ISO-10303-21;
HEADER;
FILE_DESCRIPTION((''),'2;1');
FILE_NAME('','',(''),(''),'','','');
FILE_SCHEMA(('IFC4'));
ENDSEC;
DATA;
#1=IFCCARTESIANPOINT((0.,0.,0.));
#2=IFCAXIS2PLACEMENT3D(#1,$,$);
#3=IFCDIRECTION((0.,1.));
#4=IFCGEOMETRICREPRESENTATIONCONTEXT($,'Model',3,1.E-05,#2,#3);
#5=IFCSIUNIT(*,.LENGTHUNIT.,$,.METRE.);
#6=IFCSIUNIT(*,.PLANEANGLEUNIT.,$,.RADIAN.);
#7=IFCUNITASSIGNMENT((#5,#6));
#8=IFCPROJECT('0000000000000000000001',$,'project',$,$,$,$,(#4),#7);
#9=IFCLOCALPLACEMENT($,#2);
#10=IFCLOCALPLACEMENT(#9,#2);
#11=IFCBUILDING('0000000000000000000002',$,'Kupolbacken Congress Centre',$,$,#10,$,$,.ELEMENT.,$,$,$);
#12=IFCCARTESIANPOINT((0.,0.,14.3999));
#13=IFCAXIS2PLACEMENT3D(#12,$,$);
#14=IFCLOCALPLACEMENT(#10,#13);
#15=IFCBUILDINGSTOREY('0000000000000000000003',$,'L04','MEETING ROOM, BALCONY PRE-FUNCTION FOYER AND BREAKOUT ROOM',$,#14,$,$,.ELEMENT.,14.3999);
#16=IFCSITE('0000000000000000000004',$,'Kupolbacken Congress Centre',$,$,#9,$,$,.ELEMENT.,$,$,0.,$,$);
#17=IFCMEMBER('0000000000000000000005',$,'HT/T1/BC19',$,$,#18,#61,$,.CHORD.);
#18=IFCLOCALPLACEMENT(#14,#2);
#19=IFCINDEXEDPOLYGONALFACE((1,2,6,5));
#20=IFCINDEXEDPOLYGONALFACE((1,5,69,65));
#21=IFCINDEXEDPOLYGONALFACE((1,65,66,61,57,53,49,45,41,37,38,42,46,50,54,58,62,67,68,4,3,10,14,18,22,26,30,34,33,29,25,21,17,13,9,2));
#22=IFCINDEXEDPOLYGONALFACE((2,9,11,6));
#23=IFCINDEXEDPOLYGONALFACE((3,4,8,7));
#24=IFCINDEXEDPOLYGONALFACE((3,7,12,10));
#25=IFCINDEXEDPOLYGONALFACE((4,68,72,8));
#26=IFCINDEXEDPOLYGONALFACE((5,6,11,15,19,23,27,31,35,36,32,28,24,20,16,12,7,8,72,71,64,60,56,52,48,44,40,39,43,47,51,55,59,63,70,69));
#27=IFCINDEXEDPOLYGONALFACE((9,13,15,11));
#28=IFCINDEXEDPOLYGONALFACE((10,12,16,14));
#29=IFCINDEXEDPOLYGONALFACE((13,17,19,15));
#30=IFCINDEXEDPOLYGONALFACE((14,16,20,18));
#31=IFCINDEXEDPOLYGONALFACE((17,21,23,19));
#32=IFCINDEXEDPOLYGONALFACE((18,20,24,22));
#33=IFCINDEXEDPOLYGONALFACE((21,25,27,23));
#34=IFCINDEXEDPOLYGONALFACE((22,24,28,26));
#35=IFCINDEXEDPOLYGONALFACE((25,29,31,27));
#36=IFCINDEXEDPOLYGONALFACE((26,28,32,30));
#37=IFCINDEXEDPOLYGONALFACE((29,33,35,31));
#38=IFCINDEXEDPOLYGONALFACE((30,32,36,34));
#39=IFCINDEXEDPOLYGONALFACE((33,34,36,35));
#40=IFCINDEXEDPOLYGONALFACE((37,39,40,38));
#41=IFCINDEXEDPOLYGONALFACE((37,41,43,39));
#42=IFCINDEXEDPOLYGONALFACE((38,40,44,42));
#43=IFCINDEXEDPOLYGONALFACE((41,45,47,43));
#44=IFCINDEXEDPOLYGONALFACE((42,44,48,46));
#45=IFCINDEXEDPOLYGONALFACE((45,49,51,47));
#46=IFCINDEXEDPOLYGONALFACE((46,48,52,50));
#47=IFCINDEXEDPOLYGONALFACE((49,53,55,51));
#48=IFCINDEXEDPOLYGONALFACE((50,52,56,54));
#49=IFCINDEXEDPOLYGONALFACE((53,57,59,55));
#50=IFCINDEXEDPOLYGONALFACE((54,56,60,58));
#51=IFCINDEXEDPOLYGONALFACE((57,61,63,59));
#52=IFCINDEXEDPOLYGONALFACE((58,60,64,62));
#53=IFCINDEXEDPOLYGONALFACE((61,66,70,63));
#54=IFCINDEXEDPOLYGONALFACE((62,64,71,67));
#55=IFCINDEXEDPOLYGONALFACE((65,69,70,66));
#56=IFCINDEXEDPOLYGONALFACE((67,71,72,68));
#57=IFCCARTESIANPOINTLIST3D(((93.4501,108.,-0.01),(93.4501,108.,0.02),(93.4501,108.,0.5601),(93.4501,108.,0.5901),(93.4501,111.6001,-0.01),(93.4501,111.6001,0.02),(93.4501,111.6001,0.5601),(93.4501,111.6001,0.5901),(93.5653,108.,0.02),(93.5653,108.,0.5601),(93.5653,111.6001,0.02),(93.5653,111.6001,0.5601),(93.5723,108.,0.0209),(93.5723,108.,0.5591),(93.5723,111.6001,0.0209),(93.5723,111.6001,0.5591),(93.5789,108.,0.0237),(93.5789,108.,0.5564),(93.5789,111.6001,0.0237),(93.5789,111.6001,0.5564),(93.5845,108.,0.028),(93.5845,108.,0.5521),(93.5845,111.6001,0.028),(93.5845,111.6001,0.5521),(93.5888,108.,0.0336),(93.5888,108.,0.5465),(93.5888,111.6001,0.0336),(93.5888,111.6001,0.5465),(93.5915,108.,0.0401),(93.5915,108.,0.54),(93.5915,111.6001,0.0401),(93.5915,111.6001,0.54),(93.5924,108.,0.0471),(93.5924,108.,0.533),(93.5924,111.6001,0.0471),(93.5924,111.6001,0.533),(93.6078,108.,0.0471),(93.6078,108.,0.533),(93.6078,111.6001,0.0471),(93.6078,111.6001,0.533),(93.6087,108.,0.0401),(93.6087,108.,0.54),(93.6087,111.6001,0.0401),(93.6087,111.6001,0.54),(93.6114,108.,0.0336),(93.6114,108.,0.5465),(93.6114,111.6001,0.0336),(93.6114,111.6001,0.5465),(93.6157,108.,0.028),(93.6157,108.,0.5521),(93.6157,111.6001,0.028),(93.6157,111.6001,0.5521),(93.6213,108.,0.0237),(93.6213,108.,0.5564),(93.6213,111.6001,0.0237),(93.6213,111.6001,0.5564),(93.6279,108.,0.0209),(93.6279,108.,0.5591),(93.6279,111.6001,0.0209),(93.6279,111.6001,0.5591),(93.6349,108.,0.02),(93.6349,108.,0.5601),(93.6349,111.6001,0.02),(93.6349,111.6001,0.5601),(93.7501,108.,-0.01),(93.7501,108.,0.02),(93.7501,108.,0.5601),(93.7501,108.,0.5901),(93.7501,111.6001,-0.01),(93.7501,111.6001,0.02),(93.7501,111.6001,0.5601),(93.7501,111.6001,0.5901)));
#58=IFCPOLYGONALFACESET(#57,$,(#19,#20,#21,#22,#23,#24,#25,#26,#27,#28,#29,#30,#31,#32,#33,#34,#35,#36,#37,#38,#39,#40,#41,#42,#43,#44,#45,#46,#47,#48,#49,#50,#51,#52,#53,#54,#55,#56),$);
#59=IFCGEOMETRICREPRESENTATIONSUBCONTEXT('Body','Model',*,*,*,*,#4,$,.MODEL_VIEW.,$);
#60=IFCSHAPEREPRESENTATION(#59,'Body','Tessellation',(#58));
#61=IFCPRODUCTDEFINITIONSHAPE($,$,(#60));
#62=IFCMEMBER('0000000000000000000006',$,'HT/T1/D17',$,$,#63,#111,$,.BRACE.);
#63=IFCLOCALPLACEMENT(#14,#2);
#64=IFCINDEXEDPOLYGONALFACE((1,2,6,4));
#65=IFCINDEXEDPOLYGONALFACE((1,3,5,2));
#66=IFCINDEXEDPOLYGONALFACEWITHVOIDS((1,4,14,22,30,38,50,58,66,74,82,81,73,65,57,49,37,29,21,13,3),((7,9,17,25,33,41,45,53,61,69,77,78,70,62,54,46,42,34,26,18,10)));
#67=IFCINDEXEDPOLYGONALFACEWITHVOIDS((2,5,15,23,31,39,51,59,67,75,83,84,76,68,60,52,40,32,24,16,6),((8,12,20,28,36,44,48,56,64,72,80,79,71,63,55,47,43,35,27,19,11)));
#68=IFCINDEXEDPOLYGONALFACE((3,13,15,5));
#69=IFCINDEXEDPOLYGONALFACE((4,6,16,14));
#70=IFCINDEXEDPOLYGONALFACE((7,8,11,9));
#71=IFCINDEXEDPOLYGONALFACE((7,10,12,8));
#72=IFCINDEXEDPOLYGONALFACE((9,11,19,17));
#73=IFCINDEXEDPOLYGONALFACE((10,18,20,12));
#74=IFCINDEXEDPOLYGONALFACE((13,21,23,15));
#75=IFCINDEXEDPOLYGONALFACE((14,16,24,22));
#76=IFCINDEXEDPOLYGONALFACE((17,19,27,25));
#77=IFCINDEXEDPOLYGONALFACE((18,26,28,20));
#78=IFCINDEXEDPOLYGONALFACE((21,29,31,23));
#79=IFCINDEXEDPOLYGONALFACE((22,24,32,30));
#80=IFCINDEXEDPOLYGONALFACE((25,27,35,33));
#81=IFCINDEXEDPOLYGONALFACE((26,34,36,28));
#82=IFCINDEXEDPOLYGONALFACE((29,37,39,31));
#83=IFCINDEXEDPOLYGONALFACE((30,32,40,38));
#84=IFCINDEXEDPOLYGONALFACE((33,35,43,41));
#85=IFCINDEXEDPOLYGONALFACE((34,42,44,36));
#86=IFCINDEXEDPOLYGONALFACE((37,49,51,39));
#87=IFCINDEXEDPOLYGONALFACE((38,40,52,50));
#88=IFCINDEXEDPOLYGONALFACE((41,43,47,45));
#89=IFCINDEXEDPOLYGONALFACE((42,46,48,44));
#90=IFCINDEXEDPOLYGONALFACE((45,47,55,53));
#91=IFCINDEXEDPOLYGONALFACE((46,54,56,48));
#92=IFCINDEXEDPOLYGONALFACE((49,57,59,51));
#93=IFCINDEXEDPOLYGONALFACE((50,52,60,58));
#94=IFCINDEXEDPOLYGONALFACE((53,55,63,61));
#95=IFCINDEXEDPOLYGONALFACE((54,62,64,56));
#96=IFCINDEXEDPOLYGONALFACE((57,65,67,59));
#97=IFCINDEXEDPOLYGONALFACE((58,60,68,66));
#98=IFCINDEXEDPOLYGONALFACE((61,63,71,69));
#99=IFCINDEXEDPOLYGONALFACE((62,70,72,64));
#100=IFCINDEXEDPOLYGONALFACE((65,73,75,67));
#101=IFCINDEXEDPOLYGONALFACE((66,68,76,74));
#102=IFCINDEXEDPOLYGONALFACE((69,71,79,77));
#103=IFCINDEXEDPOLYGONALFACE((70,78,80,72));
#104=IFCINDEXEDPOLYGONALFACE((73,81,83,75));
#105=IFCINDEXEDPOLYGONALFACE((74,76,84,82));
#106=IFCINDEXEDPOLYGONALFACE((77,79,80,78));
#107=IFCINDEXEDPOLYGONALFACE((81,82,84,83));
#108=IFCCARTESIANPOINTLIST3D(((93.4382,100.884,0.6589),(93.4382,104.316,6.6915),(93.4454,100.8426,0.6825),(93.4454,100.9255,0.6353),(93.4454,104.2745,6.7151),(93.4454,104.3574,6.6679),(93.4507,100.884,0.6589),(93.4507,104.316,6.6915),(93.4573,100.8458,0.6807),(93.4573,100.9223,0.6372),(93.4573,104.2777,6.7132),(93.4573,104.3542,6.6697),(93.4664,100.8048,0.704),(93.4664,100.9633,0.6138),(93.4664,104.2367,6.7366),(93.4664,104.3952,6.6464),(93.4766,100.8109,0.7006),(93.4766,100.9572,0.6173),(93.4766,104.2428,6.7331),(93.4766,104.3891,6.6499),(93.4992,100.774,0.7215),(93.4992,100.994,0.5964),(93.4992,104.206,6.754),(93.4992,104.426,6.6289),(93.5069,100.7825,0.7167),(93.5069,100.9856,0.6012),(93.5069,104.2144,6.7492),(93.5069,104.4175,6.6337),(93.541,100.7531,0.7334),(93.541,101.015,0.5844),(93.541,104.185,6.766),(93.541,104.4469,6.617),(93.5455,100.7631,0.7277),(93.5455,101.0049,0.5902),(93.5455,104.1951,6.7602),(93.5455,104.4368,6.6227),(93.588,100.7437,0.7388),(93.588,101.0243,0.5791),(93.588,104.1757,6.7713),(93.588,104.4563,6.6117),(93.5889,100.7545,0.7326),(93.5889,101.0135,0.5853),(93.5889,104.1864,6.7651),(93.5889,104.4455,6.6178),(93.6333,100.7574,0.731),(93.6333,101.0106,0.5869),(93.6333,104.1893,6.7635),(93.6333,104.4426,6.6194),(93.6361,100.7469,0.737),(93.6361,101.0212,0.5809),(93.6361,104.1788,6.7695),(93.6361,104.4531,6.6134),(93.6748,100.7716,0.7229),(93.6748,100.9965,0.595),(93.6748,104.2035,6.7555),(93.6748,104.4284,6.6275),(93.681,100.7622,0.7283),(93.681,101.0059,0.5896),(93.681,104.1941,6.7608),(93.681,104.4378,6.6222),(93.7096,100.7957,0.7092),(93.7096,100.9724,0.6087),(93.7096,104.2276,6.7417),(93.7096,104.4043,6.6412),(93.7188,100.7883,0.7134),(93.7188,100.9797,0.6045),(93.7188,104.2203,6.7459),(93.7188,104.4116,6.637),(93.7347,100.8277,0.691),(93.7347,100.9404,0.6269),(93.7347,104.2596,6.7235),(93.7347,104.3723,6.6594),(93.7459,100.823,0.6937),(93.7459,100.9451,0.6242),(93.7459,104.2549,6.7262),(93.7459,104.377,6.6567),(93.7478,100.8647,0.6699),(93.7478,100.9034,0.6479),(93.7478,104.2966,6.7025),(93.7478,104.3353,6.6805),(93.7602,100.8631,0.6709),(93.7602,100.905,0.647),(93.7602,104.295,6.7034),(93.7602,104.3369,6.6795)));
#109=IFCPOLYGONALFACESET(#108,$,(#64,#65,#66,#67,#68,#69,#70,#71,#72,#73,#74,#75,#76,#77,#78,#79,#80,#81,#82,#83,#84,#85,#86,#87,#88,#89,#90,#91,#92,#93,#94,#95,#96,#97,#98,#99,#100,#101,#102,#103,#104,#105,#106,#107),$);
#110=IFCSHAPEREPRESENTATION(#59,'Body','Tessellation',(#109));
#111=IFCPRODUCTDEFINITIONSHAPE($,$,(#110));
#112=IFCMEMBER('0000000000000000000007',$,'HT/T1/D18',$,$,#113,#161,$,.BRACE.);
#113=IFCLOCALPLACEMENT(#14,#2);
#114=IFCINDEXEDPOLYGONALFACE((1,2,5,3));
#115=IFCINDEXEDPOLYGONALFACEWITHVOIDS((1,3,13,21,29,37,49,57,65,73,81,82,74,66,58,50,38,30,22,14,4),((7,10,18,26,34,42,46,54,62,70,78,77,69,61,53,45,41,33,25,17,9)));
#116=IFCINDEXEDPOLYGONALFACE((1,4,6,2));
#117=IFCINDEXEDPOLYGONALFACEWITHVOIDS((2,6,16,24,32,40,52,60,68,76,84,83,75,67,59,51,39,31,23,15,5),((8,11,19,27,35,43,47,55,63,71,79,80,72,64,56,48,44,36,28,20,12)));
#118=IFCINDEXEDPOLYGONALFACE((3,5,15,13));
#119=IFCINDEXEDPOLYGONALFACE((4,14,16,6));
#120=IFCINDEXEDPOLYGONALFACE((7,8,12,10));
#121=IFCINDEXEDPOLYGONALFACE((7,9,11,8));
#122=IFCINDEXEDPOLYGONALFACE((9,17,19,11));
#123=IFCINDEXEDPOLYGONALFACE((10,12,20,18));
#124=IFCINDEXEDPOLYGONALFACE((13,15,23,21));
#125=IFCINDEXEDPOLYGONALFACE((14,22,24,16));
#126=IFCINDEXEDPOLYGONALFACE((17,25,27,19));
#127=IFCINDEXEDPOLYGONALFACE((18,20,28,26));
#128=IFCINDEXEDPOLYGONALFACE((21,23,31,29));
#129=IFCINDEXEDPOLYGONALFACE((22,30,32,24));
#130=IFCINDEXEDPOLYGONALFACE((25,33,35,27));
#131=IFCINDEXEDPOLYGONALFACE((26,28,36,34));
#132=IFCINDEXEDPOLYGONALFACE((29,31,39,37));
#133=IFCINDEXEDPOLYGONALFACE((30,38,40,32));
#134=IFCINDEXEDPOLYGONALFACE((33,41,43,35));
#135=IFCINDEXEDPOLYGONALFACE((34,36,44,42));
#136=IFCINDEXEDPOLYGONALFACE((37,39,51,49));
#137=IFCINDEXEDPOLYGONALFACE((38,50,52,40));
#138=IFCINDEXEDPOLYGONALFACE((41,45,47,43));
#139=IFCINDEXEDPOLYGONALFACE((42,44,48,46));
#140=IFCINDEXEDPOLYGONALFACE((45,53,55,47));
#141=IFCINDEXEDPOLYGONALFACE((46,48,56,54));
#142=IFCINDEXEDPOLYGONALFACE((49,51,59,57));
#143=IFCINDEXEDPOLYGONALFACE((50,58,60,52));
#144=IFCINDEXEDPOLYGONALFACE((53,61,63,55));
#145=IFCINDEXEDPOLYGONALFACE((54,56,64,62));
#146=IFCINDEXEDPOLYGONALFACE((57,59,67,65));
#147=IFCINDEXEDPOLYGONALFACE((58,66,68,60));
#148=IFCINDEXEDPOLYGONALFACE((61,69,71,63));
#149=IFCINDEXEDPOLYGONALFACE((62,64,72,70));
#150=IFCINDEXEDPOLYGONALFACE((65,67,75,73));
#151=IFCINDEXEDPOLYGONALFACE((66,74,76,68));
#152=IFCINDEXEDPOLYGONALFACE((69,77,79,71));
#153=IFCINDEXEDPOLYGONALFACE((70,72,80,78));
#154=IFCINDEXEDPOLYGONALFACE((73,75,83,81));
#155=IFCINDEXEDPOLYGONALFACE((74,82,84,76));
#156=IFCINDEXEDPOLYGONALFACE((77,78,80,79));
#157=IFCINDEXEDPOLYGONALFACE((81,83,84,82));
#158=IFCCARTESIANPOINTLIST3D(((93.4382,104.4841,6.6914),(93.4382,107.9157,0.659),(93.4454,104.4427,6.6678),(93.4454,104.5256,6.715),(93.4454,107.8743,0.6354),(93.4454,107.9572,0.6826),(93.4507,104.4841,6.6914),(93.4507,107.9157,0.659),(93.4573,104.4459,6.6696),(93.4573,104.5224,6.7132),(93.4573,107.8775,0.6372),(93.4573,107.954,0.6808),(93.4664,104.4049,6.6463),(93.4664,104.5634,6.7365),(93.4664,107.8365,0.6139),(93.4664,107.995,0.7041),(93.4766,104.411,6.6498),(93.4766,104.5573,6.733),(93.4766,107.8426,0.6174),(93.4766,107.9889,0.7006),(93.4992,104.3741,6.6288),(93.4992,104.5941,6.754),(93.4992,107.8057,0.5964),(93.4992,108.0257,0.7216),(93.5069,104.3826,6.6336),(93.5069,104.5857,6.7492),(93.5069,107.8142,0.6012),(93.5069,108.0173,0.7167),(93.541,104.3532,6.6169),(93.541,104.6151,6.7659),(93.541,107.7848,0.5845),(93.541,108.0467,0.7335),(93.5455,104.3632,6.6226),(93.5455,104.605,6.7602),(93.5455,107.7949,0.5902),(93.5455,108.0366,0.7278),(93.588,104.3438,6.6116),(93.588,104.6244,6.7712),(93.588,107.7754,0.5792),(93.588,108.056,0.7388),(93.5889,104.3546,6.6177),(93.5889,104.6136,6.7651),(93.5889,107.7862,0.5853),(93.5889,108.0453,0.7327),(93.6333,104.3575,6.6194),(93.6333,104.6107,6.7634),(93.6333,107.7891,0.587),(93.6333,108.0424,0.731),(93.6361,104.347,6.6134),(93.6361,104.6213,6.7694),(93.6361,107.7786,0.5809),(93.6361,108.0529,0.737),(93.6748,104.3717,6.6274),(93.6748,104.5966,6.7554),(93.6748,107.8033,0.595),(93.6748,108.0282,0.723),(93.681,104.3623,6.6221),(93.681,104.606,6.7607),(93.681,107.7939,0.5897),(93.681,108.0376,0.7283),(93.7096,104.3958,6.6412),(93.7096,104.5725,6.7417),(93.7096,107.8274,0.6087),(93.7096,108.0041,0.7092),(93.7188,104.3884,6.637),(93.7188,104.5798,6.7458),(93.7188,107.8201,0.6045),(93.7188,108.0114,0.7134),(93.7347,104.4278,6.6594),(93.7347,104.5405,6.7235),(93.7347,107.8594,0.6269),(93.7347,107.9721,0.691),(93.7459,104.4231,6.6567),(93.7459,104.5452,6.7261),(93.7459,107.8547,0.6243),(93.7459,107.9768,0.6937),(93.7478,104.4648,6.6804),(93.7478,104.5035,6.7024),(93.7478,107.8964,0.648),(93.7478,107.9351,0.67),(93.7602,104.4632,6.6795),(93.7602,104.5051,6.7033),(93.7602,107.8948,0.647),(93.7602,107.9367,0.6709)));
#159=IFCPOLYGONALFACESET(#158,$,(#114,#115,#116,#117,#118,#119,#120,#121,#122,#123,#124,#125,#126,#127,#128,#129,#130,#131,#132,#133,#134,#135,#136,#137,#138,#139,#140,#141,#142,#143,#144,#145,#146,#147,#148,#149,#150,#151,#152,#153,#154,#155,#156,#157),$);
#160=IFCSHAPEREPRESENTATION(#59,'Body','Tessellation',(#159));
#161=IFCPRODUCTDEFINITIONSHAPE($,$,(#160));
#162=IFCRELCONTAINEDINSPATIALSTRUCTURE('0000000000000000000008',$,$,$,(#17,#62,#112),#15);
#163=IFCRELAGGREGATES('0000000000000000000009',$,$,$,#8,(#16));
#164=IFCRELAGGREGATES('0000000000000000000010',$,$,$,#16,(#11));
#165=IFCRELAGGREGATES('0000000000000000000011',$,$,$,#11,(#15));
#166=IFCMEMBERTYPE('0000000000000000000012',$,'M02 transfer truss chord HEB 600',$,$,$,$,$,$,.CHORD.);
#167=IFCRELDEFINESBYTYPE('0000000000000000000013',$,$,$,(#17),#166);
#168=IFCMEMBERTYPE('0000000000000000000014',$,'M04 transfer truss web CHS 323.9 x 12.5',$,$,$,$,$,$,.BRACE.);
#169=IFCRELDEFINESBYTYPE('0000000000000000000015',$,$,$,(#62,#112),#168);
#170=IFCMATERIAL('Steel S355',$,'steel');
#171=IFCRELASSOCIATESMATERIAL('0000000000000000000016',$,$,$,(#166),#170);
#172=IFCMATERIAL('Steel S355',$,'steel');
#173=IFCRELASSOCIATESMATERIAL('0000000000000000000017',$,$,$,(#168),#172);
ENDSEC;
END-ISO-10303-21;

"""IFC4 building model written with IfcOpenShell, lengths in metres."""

from ifc_helpers import new_model, si_unit, direction, frame, origin, origin_2d, place, context, subcontext, project, spatial, hollow_circle, i_section, extrude, material, material_profile, profile_set, type_object, element, save


model = new_model("IFC4")

# Units and contexts
model_context = context("Model", 3, precision=1e-05, world=origin(), true_north=direction((0.0, 1.0)))
body_context = subcontext(model_context, "Body", "Model", "MODEL_VIEW")
ifc_project = project(units=[si_unit("LENGTHUNIT", "METRE"), si_unit("PLANEANGLEUNIT", "RADIAN")], contexts=[model_context])

# Site, building, storey
site_placement = place(None, origin())
site = spatial("IfcSite", under=ifc_project, at=site_placement, Name="Kupolbacken Congress Centre", CompositionType="ELEMENT", RefElevation=0.0)
building_placement = place(site_placement, origin())
building = spatial("IfcBuilding", under=site, at=building_placement, Name="Kupolbacken Congress Centre", CompositionType="ELEMENT")
storey_placement = place(building_placement, frame((0.0, 0.0, 14.3999)))
storey = spatial("IfcBuildingStorey", under=building, at=storey_placement, Name="L04", Description="MEETING ROOM, BALCONY PRE-FUNCTION FOYER AND BREAKOUT ROOM", CompositionType="ELEMENT", Elevation=14.3999)

# Members
ifc_material_1 = material(Name="Steel S355", Category="steel")
ifc_material_profile_1 = material_profile(ifc_material_1, i_section(OverallWidth=0.3, OverallDepth=0.6001, WebThickness=0.0154, FlangeThickness=0.03, FilletRadius=0.0271, at=origin_2d()), Name="HEB 600")
ifc_profile_set_1 = profile_set([ifc_material_profile_1], Name="Steel S355")
member_type_1 = type_object("IfcMemberType", Name="M02 transfer truss chord HEB 600", PredefinedType="CHORD", material=ifc_profile_set_1)
for number, where, z_axis, x_axis, name in (
    (1, (93.6001, 108.0, 0.29), (0.0, 1.0, 0.0), (-1.0, 0.0, 0.0), "HT/T1/BC19"),
):
    element("IfcMember", number, at=place(storey_placement, frame(where, z_axis=z_axis, x_axis=x_axis)), inside=storey, type_object=member_type_1, Name=name, PredefinedType="CHORD", context=body_context, shape_type="SweptSolid", body=[
        extrude(i_section(OverallWidth=0.3, OverallDepth=0.6001, WebThickness=0.0154, FlangeThickness=0.03, FilletRadius=0.0271, at=origin_2d()), origin(), (0.0, 0.0, 1.0), 3.6001),
    ])
ifc_material_2 = material(Name="Steel S355", Category="steel")
ifc_material_profile_2 = material_profile(ifc_material_2, hollow_circle(Radius=0.1619, WallThickness=0.0125, at=origin_2d()), Name="CHS 323.9 x 12.5")
ifc_profile_set_2 = profile_set([ifc_material_profile_2], Name="Steel S355")
member_type_2 = type_object("IfcMemberType", Name="M04 transfer truss web CHS 323.9 x 12.5", PredefinedType="BRACE", material=ifc_profile_set_2)
member_1_placement = place(storey_placement, frame((93.6001, 100.884, 0.6589), z_axis=(0.0, 0.494483, 0.869188), x_axis=(-1.0, 0.0, 0.0)))
element("IfcMember", 2, at=member_1_placement, inside=storey, type_object=member_type_2, Name="HT/T1/D17", PredefinedType="BRACE", context=body_context, shape_type="SweptSolid", body=[
    extrude(hollow_circle(Radius=0.1619, WallThickness=0.0125, at=origin_2d()), origin(), (0.0, 0.0, 1.0), 6.9404),
])
member_2_placement = place(storey_placement, frame((93.6001, 104.4841, 6.6914), z_axis=(0.0, 0.494456, -0.869203), x_axis=(-1.0, 0.0, 0.0)))
element("IfcMember", 3, at=member_2_placement, inside=storey, type_object=member_type_2, Name="HT/T1/D18", PredefinedType="BRACE", context=body_context, shape_type="SweptSolid", body=[
    extrude(hollow_circle(Radius=0.1619, WallThickness=0.0125, at=origin_2d()), origin(), (0.0, 0.0, 1.0), 6.9402),
])

save(model, "model.ifc")
